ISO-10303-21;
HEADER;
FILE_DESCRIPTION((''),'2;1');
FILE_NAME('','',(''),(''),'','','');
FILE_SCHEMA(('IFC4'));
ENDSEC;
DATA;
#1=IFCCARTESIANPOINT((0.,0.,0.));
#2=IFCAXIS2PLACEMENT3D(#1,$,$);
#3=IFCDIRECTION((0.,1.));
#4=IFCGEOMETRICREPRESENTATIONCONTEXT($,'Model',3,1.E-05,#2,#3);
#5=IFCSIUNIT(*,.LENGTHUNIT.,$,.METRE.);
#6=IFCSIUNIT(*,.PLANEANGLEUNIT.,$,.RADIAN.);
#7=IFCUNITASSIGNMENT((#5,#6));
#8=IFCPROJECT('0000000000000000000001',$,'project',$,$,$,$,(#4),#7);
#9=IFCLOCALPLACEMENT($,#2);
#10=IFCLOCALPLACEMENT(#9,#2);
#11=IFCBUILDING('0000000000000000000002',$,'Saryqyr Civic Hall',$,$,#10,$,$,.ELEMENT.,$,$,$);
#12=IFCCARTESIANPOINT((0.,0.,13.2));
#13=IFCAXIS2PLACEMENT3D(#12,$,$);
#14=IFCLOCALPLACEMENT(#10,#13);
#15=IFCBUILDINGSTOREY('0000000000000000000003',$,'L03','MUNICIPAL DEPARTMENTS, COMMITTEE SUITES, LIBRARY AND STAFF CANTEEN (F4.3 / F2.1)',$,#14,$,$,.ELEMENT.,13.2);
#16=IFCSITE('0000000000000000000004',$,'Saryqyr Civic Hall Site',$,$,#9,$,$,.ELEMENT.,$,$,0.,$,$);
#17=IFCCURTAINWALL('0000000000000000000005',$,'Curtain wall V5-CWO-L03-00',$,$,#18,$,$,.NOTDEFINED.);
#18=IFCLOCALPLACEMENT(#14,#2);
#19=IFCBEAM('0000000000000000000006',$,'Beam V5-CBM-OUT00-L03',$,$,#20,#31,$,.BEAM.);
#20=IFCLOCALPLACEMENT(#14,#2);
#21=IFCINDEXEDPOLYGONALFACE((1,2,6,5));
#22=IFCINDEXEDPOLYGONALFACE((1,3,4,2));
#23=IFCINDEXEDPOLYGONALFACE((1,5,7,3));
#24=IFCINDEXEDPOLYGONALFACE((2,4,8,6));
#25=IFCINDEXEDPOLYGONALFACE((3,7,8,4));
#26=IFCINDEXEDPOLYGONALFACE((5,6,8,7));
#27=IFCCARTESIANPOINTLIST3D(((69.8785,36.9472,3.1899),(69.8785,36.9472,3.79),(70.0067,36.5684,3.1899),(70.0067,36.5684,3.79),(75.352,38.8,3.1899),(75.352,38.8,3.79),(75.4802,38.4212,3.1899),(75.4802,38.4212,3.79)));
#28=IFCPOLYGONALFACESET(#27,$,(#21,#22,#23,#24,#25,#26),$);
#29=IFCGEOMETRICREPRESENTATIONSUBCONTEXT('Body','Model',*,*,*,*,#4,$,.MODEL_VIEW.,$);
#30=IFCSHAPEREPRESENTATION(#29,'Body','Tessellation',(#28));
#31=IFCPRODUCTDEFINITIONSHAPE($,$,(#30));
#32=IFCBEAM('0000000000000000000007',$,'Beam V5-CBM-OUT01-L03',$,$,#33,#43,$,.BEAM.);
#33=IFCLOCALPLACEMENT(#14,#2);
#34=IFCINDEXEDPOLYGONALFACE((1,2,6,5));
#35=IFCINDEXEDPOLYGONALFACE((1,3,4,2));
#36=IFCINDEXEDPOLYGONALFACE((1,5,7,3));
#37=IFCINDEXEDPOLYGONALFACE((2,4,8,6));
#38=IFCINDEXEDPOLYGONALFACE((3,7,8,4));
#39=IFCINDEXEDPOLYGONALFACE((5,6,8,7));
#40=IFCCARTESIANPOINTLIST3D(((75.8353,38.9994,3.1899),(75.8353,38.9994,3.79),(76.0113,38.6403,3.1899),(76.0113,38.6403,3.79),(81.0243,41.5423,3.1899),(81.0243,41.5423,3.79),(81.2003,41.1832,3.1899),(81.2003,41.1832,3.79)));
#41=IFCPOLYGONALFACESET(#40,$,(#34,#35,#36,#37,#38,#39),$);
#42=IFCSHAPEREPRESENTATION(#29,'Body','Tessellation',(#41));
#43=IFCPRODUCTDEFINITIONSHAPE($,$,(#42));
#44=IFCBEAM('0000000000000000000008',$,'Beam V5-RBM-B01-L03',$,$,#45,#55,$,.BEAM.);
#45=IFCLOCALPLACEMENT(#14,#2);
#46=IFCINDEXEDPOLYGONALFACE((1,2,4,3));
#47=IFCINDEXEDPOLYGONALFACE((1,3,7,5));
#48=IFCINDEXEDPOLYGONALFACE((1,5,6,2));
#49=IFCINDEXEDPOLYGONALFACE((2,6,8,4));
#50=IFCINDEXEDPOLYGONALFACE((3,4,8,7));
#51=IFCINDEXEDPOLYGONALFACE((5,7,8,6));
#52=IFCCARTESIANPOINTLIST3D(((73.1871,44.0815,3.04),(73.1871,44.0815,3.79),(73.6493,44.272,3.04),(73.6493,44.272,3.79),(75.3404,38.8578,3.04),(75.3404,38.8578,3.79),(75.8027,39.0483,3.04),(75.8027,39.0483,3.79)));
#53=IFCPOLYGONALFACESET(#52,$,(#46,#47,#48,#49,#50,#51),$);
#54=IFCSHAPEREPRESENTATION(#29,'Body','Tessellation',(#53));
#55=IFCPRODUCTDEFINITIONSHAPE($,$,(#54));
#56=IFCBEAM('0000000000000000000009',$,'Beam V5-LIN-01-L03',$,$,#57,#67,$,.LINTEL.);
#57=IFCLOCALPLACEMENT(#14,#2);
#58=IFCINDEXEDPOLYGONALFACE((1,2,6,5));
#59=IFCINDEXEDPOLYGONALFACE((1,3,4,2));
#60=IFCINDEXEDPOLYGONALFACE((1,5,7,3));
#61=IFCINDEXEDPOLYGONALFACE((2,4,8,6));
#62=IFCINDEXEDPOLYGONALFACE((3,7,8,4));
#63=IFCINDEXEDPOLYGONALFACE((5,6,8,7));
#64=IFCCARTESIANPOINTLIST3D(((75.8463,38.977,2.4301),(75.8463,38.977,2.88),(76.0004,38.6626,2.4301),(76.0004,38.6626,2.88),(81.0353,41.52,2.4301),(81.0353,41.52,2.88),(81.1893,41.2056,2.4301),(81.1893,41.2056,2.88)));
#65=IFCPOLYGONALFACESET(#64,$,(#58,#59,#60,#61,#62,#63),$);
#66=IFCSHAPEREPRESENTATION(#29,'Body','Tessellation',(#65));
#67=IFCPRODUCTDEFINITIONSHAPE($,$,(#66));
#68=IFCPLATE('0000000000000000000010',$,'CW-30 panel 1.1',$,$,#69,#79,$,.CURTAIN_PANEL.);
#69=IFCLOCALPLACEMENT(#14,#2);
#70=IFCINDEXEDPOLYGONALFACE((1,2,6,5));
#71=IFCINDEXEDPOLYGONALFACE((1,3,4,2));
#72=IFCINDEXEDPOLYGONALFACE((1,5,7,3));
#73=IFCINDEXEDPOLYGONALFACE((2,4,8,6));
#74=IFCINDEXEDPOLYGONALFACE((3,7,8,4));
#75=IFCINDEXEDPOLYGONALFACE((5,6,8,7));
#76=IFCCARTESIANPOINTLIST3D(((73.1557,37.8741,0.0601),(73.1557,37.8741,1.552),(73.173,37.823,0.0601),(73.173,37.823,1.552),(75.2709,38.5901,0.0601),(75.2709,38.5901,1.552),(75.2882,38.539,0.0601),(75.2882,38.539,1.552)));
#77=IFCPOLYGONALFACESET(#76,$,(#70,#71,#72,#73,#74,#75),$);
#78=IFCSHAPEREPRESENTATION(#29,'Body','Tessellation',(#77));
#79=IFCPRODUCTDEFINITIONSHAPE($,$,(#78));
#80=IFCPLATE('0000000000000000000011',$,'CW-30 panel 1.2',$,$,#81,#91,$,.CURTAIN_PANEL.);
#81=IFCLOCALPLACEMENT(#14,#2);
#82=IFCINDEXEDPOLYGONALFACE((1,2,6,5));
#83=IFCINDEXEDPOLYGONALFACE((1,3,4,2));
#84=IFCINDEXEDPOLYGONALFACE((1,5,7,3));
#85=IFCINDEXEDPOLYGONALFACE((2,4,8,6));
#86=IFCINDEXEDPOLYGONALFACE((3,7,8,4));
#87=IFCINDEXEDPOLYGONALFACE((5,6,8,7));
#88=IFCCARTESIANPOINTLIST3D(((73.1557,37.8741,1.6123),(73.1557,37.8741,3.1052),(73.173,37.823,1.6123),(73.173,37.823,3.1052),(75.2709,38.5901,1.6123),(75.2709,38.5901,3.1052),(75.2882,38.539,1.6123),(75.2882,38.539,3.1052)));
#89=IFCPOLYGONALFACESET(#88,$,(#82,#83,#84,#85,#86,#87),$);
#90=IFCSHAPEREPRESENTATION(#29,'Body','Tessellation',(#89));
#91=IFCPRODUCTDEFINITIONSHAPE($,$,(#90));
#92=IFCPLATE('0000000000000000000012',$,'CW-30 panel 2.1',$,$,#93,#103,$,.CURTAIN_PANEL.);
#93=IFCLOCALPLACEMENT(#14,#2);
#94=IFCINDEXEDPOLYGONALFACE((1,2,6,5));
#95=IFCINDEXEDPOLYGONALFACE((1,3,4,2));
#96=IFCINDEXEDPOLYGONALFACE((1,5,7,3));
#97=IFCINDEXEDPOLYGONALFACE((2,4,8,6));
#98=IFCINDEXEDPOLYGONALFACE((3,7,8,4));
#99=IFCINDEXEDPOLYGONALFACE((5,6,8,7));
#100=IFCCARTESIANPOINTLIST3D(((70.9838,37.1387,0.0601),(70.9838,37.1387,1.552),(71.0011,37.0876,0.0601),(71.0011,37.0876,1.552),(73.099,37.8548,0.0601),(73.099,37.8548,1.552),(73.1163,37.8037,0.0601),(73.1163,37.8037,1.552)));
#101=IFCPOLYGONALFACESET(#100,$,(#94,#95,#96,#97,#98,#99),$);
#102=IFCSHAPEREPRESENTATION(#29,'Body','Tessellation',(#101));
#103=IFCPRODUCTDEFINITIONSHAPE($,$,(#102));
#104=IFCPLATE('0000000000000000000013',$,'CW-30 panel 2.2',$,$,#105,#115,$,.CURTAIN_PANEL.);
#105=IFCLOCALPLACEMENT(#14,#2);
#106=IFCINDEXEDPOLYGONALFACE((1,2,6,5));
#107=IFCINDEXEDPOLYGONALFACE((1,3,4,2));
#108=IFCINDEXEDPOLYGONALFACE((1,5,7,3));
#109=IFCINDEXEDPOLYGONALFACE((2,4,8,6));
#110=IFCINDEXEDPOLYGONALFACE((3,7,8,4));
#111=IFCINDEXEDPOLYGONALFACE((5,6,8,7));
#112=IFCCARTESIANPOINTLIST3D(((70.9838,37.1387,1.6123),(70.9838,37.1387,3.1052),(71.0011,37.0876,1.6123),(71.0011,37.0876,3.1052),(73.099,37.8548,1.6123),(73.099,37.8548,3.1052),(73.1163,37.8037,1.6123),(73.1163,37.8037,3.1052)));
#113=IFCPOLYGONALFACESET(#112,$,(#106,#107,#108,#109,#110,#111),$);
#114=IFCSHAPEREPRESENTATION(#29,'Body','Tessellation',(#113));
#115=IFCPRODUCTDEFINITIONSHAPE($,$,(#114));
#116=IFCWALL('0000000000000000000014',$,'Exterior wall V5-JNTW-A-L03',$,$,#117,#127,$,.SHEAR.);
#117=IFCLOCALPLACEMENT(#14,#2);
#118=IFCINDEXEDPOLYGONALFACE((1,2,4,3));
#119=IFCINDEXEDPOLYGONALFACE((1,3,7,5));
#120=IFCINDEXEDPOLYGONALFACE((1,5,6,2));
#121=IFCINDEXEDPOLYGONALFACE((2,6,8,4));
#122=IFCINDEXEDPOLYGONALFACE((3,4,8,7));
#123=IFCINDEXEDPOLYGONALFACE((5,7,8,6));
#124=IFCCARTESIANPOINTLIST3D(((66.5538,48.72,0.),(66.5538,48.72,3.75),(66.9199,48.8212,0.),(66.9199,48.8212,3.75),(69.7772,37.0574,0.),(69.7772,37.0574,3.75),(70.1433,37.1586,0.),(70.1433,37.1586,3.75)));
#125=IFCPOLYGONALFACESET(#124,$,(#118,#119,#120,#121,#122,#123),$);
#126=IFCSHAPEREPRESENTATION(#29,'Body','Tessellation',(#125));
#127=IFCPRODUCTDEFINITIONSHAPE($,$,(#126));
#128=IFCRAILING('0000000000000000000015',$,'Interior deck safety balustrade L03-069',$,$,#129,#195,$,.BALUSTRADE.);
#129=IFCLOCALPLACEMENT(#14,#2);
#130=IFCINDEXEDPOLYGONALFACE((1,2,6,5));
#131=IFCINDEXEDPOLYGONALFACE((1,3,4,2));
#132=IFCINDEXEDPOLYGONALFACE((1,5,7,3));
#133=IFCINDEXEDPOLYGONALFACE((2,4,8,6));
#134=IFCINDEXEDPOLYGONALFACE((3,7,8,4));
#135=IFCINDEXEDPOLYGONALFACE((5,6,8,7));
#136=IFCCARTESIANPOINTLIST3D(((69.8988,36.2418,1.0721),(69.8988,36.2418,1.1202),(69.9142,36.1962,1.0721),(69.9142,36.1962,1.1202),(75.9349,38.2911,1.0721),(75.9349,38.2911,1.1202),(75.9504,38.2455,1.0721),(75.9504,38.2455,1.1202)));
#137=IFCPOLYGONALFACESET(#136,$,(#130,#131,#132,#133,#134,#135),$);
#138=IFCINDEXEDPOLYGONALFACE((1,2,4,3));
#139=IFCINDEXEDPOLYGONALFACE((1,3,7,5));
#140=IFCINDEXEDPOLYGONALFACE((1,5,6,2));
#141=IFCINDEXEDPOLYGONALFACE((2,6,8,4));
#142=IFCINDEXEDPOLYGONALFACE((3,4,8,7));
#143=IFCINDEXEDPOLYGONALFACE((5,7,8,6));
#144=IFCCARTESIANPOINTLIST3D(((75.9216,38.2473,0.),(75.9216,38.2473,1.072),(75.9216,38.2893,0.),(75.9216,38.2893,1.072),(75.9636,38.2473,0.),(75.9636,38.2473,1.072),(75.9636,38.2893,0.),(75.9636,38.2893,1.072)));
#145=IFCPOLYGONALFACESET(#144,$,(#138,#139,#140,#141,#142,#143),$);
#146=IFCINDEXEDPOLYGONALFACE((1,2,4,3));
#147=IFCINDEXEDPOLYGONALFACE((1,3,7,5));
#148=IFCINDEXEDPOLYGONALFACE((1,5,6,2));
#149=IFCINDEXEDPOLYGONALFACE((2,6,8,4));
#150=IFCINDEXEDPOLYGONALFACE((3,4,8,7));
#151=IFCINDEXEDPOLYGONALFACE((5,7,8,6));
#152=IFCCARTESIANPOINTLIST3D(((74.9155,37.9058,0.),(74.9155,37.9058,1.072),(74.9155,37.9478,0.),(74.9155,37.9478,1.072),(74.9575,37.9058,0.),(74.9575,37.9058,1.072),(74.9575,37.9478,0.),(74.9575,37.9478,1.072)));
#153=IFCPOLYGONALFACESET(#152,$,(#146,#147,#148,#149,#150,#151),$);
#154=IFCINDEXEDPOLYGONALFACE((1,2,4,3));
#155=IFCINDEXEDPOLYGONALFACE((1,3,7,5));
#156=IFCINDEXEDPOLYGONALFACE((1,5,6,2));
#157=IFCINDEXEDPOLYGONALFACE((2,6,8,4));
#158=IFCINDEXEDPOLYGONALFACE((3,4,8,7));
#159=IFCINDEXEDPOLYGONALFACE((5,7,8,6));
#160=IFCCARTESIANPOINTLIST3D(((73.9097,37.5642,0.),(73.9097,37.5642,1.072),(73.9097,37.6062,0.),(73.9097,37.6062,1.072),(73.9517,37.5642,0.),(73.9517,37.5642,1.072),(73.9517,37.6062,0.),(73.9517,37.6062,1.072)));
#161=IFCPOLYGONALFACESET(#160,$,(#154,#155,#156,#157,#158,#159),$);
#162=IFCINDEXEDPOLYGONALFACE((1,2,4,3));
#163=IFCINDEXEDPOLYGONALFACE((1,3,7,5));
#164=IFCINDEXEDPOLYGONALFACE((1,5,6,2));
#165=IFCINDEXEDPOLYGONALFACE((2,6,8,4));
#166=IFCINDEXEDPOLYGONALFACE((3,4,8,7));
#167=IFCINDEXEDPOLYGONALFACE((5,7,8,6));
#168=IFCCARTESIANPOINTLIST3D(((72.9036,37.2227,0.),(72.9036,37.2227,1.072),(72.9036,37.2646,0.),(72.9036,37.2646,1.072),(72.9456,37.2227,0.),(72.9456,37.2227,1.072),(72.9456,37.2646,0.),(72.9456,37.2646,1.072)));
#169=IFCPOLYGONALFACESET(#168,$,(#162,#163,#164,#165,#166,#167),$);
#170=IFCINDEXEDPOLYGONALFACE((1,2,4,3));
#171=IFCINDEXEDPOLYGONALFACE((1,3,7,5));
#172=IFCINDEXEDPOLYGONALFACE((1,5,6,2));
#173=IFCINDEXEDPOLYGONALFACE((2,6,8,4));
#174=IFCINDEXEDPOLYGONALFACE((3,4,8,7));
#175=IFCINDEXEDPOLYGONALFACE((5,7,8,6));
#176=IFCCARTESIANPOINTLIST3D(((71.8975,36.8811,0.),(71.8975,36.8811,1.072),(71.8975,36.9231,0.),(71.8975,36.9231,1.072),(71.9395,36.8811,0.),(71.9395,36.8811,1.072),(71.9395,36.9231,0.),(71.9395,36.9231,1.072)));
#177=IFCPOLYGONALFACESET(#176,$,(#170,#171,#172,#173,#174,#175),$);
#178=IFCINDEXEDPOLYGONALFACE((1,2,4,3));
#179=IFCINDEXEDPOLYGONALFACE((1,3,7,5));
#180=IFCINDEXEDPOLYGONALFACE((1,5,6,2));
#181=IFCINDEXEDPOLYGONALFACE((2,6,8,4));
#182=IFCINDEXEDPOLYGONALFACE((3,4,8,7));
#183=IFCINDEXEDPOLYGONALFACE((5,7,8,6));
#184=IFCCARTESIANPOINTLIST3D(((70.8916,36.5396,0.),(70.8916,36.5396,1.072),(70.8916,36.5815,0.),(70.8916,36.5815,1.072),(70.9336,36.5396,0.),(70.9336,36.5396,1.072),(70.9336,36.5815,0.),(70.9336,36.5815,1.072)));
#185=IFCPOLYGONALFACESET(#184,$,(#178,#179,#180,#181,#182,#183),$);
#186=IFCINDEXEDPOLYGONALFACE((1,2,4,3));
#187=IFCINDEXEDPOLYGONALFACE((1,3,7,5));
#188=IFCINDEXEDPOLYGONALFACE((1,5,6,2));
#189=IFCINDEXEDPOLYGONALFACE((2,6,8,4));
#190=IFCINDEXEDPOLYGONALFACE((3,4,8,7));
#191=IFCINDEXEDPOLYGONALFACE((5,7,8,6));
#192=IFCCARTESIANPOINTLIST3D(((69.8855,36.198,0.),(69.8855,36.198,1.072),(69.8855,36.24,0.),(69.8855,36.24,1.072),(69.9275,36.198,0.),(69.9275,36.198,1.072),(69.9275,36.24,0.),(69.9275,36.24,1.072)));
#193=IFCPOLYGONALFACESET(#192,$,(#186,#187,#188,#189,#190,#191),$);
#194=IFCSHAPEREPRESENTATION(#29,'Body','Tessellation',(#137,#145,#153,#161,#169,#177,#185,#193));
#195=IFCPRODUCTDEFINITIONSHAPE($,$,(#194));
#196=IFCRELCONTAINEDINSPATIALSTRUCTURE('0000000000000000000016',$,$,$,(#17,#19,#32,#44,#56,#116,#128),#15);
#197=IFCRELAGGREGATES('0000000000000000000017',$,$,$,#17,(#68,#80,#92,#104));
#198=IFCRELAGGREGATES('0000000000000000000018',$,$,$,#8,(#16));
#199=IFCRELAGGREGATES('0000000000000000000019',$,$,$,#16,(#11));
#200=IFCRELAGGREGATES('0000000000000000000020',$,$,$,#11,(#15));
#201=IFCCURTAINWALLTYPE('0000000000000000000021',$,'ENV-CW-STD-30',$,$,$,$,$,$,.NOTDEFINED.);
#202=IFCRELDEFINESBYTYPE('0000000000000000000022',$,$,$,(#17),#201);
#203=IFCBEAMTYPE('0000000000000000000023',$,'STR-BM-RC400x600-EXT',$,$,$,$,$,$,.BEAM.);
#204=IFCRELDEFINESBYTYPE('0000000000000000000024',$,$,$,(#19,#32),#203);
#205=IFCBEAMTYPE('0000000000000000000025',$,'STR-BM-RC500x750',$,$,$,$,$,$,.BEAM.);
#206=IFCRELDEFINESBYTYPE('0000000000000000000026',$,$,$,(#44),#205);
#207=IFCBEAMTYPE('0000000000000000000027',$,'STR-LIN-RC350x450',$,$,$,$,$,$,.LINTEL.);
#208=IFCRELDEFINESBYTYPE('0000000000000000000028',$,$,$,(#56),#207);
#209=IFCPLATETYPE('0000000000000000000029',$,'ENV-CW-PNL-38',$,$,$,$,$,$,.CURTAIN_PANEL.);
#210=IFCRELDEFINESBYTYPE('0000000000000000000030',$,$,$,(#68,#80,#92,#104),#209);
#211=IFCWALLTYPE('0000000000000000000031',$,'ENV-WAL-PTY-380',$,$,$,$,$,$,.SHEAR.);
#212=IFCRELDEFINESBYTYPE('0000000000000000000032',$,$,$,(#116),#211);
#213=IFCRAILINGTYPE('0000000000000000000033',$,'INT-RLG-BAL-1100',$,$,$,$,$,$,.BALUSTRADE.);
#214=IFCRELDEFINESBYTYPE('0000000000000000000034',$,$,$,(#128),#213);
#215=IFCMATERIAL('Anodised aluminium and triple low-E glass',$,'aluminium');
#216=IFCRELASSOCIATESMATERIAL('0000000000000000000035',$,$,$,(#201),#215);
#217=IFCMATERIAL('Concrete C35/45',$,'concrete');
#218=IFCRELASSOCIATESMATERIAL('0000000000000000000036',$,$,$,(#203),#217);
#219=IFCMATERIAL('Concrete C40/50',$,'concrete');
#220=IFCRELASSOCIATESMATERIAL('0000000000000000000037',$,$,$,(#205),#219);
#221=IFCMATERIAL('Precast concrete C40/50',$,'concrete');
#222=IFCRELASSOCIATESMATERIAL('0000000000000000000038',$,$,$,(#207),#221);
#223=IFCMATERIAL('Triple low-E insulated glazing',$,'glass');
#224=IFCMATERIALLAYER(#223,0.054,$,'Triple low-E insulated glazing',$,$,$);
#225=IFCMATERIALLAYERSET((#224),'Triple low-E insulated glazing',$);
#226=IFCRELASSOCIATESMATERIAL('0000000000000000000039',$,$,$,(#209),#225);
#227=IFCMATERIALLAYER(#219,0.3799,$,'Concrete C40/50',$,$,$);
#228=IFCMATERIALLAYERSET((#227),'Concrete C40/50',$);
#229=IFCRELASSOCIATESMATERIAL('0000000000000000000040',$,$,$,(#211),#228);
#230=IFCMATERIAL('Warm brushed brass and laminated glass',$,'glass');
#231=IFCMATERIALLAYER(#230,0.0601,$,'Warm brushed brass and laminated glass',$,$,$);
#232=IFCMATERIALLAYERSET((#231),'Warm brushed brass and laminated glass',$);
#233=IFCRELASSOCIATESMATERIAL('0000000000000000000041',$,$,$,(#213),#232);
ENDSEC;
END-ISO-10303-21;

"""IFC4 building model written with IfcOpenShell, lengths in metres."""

from ifc_helpers import new_model, si_unit, direction, frame, frame_2d, origin, origin_2d, place, context, subcontext, project, spatial, rectangle, extrude, material, layer, layer_set, material_profile, profile_set, type_object, element, aggregate, save


model = new_model("IFC4")

# Units and contexts
model_context = context("Model", 3, precision=1e-05, world=origin(), true_north=direction((0.0, 1.0)))
body_context = subcontext(model_context, "Body", "Model", "MODEL_VIEW")
ifc_project = project(units=[si_unit("LENGTHUNIT", "METRE"), si_unit("PLANEANGLEUNIT", "RADIAN")], contexts=[model_context])

# Site, building, storey
site_placement = place(None, origin())
site = spatial("IfcSite", under=ifc_project, at=site_placement, Name="Saryqyr Civic Hall Site", CompositionType="ELEMENT", RefElevation=0.0)
building_placement = place(site_placement, origin())
building = spatial("IfcBuilding", under=site, at=building_placement, Name="Saryqyr Civic Hall", CompositionType="ELEMENT")
storey_placement = place(building_placement, frame((0.0, 0.0, 13.2)))
storey = spatial("IfcBuildingStorey", under=building, at=storey_placement, Name="L03", Description="MUNICIPAL DEPARTMENTS, COMMITTEE SUITES, LIBRARY AND STAFF CANTEEN (F4.3 / F2.1)", CompositionType="ELEMENT", Elevation=13.2)

# Shared definitions
ifc_material_1 = material(Name="Concrete C40/50", Category="concrete")
ifc_material_2 = material(Name="Concrete C35/45", Category="concrete")

# Curtain wall
ifc_material_3 = material(Name="Anodised aluminium and triple low-E glass", Category="aluminium")
curtain_wall_type = type_object("IfcCurtainWallType", Name="ENV-CW-STD-30", PredefinedType="NOTDEFINED", material=ifc_material_3)
curtain_wall_placement = place(storey_placement, origin())
curtain_wall = element("IfcCurtainWall", 1, at=curtain_wall_placement, inside=storey, type_object=curtain_wall_type, Name="Curtain wall V5-CWO-L03-00", PredefinedType="NOTDEFINED")

# Beams
ifc_material_profile_1 = material_profile(ifc_material_2, rectangle(XDim=0.3999, YDim=0.6001, at=origin_2d()), Name="RC 400x600")
ifc_profile_set_1 = profile_set([ifc_material_profile_1], Name="Concrete C35/45")
beam_type_1 = type_object("IfcBeamType", Name="STR-BM-RC400x600-EXT", PredefinedType="BEAM", material=ifc_profile_set_1)
for number, where, z_axis, x_axis, name in (
    (2, (69.9426, 36.7578, 3.49), (0.947203, 0.320635, 0.0), (-0.320635, 0.947203, 0.0), "Beam V5-CBM-OUT00-L03"),
    (3, (75.9233, 38.8198, 3.49), (0.897965, 0.440068, 0.0), (-0.440068, 0.897965, 0.0), "Beam V5-CBM-OUT01-L03"),
):
    element("IfcBeam", number, at=place(storey_placement, frame(where, z_axis=z_axis, x_axis=x_axis)), inside=storey, type_object=beam_type_1, Name=name, PredefinedType="BEAM", context=body_context, shape_type="SweptSolid", body=[
        extrude(rectangle(XDim=0.3999, YDim=0.6001, at=origin_2d()), origin(), (0.0, 0.0, 1.0), 5.7786),
    ])
ifc_material_profile_2 = material_profile(ifc_material_1, rectangle(XDim=0.5, YDim=0.75, at=origin_2d()), Name="RC 500x750")
ifc_profile_set_2 = profile_set([ifc_material_profile_2], Name="Concrete C40/50")
beam_type_2 = type_object("IfcBeamType", Name="STR-BM-RC500x750", PredefinedType="BEAM", material=ifc_profile_set_2)
beam_1_placement = place(storey_placement, frame((73.4182, 44.1768, 3.415), z_axis=(0.381115, -0.924528, 0.0), x_axis=(0.924528, 0.381115, 0.0)))
element("IfcBeam", 4, at=beam_1_placement, inside=storey, type_object=beam_type_2, Name="Beam V5-RBM-B01-L03", PredefinedType="BEAM", context=body_context, shape_type="SweptSolid", body=[
    extrude(rectangle(XDim=0.5, YDim=0.75, at=origin_2d()), origin(), (0.0, 0.0, 1.0), 5.6501),
])
ifc_material_4 = material(Name="Precast concrete C40/50", Category="concrete")
ifc_material_profile_3 = material_profile(ifc_material_4, rectangle(XDim=0.3501, YDim=0.45, at=origin_2d()), Name="RC 350x450")
ifc_profile_set_3 = profile_set([ifc_material_profile_3], Name="Precast concrete C40/50")
beam_type_3 = type_object("IfcBeamType", Name="STR-LIN-RC350x450", PredefinedType="LINTEL", material=ifc_profile_set_3)
beam_2_placement = place(storey_placement, frame((75.9233, 38.8198, 2.655), z_axis=(0.897965, 0.440068, 0.0), x_axis=(-0.440068, 0.897965, 0.0)))
element("IfcBeam", 5, at=beam_2_placement, inside=storey, type_object=beam_type_3, Name="Beam V5-LIN-01-L03", PredefinedType="LINTEL", context=body_context, shape_type="SweptSolid", body=[
    extrude(rectangle(XDim=0.3501, YDim=0.45, at=origin_2d()), origin(), (0.0, 0.0, 1.0), 5.7786),
])

# Plates
ifc_material_5 = material(Name="Triple low-E insulated glazing", Category="glass")
ifc_layer_1 = layer(ifc_material_5, 0.054, Name="Triple low-E insulated glazing")
ifc_layer_set_1 = layer_set([ifc_layer_1], Name="Triple low-E insulated glazing")
plate_type = type_object("IfcPlateType", Name="ENV-CW-PNL-38", PredefinedType="CURTAIN_PANEL", material=ifc_layer_set_1)
plate_1_placement = place(storey_placement, frame((74.2219, 38.2065, 0.0601), z_axis=(0.0, 0.0, 1.0), x_axis=(-0.947196, -0.320654, 0.0)))
plate_1 = element("IfcPlate", 6, at=plate_1_placement, type_object=plate_type, Name="CW-30 panel 1.1", PredefinedType="CURTAIN_PANEL", context=body_context, shape_type="SweptSolid", body=[
    extrude(rectangle(XDim=2.2332, YDim=0.054, at=origin_2d()), origin(), (0.0, 0.0, 1.0), 1.4919),
])
plate_2_placement = place(storey_placement, frame((74.2219, 38.2065, 1.6123), z_axis=(0.0, 0.0, 1.0), x_axis=(-0.947196, -0.320654, 0.0)))
plate_2 = element("IfcPlate", 7, at=plate_2_placement, type_object=plate_type, Name="CW-30 panel 1.2", PredefinedType="CURTAIN_PANEL", context=body_context, shape_type="SweptSolid", body=[
    extrude(rectangle(XDim=2.2332, YDim=0.054, at=origin_2d()), origin(), (0.0, 0.0, 1.0), 1.4929),
])
plate_3_placement = place(storey_placement, frame((72.05, 37.4712, 0.0601), z_axis=(0.0, 0.0, 1.0), x_axis=(-0.947196, -0.320654, 0.0)))
plate_3 = element("IfcPlate", 8, at=plate_3_placement, type_object=plate_type, Name="CW-30 panel 2.1", PredefinedType="CURTAIN_PANEL", context=body_context, shape_type="SweptSolid", body=[
    extrude(rectangle(XDim=2.2332, YDim=0.054, at=origin_2d()), origin(), (0.0, 0.0, 1.0), 1.4919),
])
plate_4_placement = place(storey_placement, frame((72.05, 37.4712, 1.6123), z_axis=(0.0, 0.0, 1.0), x_axis=(-0.947196, -0.320654, 0.0)))
plate_4 = element("IfcPlate", 9, at=plate_4_placement, type_object=plate_type, Name="CW-30 panel 2.2", PredefinedType="CURTAIN_PANEL", context=body_context, shape_type="SweptSolid", body=[
    extrude(rectangle(XDim=2.2332, YDim=0.054, at=origin_2d()), origin(), (0.0, 0.0, 1.0), 1.4929),
])
aggregate(curtain_wall, [plate_1, plate_2, plate_3, plate_4])

# Wall
ifc_layer_2 = layer(ifc_material_1, 0.3799, Name="Concrete C40/50")
ifc_layer_set_2 = layer_set([ifc_layer_2], Name="Concrete C40/50")
wall_type = type_object("IfcWallType", Name="ENV-WAL-PTY-380", PredefinedType="SHEAR", material=ifc_layer_set_2)
wall_placement = place(storey_placement, frame((69.9602, 37.1082, 0.0), z_axis=(0.0, 0.0, 1.0), x_axis=(-0.266399, 0.963863, 0.0)))
element("IfcWall", 10, at=wall_placement, inside=storey, type_object=wall_type, Name="Exterior wall V5-JNTW-A-L03", PredefinedType="SHEAR", context=body_context, shape_type="SweptSolid", body=[
    extrude(rectangle(XDim=12.0999, YDim=0.3799, at=frame_2d((6.0498, 0.0))), origin(), (0.0, 0.0, 1.0), 3.75),
])

# Railing
ifc_material_6 = material(Name="Warm brushed brass and laminated glass", Category="glass")
ifc_layer_3 = layer(ifc_material_6, 0.0601, Name="Warm brushed brass and laminated glass")
ifc_layer_set_3 = layer_set([ifc_layer_3], Name="Warm brushed brass and laminated glass")
railing_type = type_object("IfcRailingType", Name="INT-RLG-BAL-1100", PredefinedType="BALUSTRADE", material=ifc_layer_set_3)
railing_1_placement = place(storey_placement, frame((75.9426, 38.2683, 0.0)))
element("IfcRailing", 11, at=railing_1_placement, inside=storey, type_object=railing_type, Name="Interior deck safety balustrade L03-069", PredefinedType="BALUSTRADE", context=body_context, shape_type="SweptSolid", body=[
    extrude(rectangle(XDim=0.0481, YDim=0.0481, at=origin_2d()), frame((0.0, 0.0, 1.0962), z_axis=(-0.946915, -0.321485, 0.0), x_axis=(0.321485, -0.946915, 0.0)), (0.0, 0.0, 1.0), 6.3745),
    extrude(rectangle(XDim=0.042, YDim=0.042, at=origin_2d()), origin(), (0.0, 0.0, 1.0), 1.072),
    extrude(rectangle(XDim=0.042, YDim=0.042, at=origin_2d()), frame((-1.0061, -0.3416, 0.0)), (0.0, 0.0, 1.0), 1.072),
    extrude(rectangle(XDim=0.042, YDim=0.042, at=origin_2d()), frame((-2.012, -0.6831, 0.0)), (0.0, 0.0, 1.0), 1.072),
    extrude(rectangle(XDim=0.042, YDim=0.042, at=origin_2d()), frame((-3.0181, -1.0247, 0.0)), (0.0, 0.0, 1.0), 1.072),
    extrude(rectangle(XDim=0.042, YDim=0.042, at=origin_2d()), frame((-4.0242, -1.3662, 0.0)), (0.0, 0.0, 1.0), 1.072),
    extrude(rectangle(XDim=0.042, YDim=0.042, at=origin_2d()), frame((-5.03, -1.7078, 0.0)), (0.0, 0.0, 1.0), 1.072),
    extrude(rectangle(XDim=0.042, YDim=0.042, at=origin_2d()), frame((-6.0361, -2.0493, 0.0)), (0.0, 0.0, 1.0), 1.072),
])

save(model, "model.ifc")
